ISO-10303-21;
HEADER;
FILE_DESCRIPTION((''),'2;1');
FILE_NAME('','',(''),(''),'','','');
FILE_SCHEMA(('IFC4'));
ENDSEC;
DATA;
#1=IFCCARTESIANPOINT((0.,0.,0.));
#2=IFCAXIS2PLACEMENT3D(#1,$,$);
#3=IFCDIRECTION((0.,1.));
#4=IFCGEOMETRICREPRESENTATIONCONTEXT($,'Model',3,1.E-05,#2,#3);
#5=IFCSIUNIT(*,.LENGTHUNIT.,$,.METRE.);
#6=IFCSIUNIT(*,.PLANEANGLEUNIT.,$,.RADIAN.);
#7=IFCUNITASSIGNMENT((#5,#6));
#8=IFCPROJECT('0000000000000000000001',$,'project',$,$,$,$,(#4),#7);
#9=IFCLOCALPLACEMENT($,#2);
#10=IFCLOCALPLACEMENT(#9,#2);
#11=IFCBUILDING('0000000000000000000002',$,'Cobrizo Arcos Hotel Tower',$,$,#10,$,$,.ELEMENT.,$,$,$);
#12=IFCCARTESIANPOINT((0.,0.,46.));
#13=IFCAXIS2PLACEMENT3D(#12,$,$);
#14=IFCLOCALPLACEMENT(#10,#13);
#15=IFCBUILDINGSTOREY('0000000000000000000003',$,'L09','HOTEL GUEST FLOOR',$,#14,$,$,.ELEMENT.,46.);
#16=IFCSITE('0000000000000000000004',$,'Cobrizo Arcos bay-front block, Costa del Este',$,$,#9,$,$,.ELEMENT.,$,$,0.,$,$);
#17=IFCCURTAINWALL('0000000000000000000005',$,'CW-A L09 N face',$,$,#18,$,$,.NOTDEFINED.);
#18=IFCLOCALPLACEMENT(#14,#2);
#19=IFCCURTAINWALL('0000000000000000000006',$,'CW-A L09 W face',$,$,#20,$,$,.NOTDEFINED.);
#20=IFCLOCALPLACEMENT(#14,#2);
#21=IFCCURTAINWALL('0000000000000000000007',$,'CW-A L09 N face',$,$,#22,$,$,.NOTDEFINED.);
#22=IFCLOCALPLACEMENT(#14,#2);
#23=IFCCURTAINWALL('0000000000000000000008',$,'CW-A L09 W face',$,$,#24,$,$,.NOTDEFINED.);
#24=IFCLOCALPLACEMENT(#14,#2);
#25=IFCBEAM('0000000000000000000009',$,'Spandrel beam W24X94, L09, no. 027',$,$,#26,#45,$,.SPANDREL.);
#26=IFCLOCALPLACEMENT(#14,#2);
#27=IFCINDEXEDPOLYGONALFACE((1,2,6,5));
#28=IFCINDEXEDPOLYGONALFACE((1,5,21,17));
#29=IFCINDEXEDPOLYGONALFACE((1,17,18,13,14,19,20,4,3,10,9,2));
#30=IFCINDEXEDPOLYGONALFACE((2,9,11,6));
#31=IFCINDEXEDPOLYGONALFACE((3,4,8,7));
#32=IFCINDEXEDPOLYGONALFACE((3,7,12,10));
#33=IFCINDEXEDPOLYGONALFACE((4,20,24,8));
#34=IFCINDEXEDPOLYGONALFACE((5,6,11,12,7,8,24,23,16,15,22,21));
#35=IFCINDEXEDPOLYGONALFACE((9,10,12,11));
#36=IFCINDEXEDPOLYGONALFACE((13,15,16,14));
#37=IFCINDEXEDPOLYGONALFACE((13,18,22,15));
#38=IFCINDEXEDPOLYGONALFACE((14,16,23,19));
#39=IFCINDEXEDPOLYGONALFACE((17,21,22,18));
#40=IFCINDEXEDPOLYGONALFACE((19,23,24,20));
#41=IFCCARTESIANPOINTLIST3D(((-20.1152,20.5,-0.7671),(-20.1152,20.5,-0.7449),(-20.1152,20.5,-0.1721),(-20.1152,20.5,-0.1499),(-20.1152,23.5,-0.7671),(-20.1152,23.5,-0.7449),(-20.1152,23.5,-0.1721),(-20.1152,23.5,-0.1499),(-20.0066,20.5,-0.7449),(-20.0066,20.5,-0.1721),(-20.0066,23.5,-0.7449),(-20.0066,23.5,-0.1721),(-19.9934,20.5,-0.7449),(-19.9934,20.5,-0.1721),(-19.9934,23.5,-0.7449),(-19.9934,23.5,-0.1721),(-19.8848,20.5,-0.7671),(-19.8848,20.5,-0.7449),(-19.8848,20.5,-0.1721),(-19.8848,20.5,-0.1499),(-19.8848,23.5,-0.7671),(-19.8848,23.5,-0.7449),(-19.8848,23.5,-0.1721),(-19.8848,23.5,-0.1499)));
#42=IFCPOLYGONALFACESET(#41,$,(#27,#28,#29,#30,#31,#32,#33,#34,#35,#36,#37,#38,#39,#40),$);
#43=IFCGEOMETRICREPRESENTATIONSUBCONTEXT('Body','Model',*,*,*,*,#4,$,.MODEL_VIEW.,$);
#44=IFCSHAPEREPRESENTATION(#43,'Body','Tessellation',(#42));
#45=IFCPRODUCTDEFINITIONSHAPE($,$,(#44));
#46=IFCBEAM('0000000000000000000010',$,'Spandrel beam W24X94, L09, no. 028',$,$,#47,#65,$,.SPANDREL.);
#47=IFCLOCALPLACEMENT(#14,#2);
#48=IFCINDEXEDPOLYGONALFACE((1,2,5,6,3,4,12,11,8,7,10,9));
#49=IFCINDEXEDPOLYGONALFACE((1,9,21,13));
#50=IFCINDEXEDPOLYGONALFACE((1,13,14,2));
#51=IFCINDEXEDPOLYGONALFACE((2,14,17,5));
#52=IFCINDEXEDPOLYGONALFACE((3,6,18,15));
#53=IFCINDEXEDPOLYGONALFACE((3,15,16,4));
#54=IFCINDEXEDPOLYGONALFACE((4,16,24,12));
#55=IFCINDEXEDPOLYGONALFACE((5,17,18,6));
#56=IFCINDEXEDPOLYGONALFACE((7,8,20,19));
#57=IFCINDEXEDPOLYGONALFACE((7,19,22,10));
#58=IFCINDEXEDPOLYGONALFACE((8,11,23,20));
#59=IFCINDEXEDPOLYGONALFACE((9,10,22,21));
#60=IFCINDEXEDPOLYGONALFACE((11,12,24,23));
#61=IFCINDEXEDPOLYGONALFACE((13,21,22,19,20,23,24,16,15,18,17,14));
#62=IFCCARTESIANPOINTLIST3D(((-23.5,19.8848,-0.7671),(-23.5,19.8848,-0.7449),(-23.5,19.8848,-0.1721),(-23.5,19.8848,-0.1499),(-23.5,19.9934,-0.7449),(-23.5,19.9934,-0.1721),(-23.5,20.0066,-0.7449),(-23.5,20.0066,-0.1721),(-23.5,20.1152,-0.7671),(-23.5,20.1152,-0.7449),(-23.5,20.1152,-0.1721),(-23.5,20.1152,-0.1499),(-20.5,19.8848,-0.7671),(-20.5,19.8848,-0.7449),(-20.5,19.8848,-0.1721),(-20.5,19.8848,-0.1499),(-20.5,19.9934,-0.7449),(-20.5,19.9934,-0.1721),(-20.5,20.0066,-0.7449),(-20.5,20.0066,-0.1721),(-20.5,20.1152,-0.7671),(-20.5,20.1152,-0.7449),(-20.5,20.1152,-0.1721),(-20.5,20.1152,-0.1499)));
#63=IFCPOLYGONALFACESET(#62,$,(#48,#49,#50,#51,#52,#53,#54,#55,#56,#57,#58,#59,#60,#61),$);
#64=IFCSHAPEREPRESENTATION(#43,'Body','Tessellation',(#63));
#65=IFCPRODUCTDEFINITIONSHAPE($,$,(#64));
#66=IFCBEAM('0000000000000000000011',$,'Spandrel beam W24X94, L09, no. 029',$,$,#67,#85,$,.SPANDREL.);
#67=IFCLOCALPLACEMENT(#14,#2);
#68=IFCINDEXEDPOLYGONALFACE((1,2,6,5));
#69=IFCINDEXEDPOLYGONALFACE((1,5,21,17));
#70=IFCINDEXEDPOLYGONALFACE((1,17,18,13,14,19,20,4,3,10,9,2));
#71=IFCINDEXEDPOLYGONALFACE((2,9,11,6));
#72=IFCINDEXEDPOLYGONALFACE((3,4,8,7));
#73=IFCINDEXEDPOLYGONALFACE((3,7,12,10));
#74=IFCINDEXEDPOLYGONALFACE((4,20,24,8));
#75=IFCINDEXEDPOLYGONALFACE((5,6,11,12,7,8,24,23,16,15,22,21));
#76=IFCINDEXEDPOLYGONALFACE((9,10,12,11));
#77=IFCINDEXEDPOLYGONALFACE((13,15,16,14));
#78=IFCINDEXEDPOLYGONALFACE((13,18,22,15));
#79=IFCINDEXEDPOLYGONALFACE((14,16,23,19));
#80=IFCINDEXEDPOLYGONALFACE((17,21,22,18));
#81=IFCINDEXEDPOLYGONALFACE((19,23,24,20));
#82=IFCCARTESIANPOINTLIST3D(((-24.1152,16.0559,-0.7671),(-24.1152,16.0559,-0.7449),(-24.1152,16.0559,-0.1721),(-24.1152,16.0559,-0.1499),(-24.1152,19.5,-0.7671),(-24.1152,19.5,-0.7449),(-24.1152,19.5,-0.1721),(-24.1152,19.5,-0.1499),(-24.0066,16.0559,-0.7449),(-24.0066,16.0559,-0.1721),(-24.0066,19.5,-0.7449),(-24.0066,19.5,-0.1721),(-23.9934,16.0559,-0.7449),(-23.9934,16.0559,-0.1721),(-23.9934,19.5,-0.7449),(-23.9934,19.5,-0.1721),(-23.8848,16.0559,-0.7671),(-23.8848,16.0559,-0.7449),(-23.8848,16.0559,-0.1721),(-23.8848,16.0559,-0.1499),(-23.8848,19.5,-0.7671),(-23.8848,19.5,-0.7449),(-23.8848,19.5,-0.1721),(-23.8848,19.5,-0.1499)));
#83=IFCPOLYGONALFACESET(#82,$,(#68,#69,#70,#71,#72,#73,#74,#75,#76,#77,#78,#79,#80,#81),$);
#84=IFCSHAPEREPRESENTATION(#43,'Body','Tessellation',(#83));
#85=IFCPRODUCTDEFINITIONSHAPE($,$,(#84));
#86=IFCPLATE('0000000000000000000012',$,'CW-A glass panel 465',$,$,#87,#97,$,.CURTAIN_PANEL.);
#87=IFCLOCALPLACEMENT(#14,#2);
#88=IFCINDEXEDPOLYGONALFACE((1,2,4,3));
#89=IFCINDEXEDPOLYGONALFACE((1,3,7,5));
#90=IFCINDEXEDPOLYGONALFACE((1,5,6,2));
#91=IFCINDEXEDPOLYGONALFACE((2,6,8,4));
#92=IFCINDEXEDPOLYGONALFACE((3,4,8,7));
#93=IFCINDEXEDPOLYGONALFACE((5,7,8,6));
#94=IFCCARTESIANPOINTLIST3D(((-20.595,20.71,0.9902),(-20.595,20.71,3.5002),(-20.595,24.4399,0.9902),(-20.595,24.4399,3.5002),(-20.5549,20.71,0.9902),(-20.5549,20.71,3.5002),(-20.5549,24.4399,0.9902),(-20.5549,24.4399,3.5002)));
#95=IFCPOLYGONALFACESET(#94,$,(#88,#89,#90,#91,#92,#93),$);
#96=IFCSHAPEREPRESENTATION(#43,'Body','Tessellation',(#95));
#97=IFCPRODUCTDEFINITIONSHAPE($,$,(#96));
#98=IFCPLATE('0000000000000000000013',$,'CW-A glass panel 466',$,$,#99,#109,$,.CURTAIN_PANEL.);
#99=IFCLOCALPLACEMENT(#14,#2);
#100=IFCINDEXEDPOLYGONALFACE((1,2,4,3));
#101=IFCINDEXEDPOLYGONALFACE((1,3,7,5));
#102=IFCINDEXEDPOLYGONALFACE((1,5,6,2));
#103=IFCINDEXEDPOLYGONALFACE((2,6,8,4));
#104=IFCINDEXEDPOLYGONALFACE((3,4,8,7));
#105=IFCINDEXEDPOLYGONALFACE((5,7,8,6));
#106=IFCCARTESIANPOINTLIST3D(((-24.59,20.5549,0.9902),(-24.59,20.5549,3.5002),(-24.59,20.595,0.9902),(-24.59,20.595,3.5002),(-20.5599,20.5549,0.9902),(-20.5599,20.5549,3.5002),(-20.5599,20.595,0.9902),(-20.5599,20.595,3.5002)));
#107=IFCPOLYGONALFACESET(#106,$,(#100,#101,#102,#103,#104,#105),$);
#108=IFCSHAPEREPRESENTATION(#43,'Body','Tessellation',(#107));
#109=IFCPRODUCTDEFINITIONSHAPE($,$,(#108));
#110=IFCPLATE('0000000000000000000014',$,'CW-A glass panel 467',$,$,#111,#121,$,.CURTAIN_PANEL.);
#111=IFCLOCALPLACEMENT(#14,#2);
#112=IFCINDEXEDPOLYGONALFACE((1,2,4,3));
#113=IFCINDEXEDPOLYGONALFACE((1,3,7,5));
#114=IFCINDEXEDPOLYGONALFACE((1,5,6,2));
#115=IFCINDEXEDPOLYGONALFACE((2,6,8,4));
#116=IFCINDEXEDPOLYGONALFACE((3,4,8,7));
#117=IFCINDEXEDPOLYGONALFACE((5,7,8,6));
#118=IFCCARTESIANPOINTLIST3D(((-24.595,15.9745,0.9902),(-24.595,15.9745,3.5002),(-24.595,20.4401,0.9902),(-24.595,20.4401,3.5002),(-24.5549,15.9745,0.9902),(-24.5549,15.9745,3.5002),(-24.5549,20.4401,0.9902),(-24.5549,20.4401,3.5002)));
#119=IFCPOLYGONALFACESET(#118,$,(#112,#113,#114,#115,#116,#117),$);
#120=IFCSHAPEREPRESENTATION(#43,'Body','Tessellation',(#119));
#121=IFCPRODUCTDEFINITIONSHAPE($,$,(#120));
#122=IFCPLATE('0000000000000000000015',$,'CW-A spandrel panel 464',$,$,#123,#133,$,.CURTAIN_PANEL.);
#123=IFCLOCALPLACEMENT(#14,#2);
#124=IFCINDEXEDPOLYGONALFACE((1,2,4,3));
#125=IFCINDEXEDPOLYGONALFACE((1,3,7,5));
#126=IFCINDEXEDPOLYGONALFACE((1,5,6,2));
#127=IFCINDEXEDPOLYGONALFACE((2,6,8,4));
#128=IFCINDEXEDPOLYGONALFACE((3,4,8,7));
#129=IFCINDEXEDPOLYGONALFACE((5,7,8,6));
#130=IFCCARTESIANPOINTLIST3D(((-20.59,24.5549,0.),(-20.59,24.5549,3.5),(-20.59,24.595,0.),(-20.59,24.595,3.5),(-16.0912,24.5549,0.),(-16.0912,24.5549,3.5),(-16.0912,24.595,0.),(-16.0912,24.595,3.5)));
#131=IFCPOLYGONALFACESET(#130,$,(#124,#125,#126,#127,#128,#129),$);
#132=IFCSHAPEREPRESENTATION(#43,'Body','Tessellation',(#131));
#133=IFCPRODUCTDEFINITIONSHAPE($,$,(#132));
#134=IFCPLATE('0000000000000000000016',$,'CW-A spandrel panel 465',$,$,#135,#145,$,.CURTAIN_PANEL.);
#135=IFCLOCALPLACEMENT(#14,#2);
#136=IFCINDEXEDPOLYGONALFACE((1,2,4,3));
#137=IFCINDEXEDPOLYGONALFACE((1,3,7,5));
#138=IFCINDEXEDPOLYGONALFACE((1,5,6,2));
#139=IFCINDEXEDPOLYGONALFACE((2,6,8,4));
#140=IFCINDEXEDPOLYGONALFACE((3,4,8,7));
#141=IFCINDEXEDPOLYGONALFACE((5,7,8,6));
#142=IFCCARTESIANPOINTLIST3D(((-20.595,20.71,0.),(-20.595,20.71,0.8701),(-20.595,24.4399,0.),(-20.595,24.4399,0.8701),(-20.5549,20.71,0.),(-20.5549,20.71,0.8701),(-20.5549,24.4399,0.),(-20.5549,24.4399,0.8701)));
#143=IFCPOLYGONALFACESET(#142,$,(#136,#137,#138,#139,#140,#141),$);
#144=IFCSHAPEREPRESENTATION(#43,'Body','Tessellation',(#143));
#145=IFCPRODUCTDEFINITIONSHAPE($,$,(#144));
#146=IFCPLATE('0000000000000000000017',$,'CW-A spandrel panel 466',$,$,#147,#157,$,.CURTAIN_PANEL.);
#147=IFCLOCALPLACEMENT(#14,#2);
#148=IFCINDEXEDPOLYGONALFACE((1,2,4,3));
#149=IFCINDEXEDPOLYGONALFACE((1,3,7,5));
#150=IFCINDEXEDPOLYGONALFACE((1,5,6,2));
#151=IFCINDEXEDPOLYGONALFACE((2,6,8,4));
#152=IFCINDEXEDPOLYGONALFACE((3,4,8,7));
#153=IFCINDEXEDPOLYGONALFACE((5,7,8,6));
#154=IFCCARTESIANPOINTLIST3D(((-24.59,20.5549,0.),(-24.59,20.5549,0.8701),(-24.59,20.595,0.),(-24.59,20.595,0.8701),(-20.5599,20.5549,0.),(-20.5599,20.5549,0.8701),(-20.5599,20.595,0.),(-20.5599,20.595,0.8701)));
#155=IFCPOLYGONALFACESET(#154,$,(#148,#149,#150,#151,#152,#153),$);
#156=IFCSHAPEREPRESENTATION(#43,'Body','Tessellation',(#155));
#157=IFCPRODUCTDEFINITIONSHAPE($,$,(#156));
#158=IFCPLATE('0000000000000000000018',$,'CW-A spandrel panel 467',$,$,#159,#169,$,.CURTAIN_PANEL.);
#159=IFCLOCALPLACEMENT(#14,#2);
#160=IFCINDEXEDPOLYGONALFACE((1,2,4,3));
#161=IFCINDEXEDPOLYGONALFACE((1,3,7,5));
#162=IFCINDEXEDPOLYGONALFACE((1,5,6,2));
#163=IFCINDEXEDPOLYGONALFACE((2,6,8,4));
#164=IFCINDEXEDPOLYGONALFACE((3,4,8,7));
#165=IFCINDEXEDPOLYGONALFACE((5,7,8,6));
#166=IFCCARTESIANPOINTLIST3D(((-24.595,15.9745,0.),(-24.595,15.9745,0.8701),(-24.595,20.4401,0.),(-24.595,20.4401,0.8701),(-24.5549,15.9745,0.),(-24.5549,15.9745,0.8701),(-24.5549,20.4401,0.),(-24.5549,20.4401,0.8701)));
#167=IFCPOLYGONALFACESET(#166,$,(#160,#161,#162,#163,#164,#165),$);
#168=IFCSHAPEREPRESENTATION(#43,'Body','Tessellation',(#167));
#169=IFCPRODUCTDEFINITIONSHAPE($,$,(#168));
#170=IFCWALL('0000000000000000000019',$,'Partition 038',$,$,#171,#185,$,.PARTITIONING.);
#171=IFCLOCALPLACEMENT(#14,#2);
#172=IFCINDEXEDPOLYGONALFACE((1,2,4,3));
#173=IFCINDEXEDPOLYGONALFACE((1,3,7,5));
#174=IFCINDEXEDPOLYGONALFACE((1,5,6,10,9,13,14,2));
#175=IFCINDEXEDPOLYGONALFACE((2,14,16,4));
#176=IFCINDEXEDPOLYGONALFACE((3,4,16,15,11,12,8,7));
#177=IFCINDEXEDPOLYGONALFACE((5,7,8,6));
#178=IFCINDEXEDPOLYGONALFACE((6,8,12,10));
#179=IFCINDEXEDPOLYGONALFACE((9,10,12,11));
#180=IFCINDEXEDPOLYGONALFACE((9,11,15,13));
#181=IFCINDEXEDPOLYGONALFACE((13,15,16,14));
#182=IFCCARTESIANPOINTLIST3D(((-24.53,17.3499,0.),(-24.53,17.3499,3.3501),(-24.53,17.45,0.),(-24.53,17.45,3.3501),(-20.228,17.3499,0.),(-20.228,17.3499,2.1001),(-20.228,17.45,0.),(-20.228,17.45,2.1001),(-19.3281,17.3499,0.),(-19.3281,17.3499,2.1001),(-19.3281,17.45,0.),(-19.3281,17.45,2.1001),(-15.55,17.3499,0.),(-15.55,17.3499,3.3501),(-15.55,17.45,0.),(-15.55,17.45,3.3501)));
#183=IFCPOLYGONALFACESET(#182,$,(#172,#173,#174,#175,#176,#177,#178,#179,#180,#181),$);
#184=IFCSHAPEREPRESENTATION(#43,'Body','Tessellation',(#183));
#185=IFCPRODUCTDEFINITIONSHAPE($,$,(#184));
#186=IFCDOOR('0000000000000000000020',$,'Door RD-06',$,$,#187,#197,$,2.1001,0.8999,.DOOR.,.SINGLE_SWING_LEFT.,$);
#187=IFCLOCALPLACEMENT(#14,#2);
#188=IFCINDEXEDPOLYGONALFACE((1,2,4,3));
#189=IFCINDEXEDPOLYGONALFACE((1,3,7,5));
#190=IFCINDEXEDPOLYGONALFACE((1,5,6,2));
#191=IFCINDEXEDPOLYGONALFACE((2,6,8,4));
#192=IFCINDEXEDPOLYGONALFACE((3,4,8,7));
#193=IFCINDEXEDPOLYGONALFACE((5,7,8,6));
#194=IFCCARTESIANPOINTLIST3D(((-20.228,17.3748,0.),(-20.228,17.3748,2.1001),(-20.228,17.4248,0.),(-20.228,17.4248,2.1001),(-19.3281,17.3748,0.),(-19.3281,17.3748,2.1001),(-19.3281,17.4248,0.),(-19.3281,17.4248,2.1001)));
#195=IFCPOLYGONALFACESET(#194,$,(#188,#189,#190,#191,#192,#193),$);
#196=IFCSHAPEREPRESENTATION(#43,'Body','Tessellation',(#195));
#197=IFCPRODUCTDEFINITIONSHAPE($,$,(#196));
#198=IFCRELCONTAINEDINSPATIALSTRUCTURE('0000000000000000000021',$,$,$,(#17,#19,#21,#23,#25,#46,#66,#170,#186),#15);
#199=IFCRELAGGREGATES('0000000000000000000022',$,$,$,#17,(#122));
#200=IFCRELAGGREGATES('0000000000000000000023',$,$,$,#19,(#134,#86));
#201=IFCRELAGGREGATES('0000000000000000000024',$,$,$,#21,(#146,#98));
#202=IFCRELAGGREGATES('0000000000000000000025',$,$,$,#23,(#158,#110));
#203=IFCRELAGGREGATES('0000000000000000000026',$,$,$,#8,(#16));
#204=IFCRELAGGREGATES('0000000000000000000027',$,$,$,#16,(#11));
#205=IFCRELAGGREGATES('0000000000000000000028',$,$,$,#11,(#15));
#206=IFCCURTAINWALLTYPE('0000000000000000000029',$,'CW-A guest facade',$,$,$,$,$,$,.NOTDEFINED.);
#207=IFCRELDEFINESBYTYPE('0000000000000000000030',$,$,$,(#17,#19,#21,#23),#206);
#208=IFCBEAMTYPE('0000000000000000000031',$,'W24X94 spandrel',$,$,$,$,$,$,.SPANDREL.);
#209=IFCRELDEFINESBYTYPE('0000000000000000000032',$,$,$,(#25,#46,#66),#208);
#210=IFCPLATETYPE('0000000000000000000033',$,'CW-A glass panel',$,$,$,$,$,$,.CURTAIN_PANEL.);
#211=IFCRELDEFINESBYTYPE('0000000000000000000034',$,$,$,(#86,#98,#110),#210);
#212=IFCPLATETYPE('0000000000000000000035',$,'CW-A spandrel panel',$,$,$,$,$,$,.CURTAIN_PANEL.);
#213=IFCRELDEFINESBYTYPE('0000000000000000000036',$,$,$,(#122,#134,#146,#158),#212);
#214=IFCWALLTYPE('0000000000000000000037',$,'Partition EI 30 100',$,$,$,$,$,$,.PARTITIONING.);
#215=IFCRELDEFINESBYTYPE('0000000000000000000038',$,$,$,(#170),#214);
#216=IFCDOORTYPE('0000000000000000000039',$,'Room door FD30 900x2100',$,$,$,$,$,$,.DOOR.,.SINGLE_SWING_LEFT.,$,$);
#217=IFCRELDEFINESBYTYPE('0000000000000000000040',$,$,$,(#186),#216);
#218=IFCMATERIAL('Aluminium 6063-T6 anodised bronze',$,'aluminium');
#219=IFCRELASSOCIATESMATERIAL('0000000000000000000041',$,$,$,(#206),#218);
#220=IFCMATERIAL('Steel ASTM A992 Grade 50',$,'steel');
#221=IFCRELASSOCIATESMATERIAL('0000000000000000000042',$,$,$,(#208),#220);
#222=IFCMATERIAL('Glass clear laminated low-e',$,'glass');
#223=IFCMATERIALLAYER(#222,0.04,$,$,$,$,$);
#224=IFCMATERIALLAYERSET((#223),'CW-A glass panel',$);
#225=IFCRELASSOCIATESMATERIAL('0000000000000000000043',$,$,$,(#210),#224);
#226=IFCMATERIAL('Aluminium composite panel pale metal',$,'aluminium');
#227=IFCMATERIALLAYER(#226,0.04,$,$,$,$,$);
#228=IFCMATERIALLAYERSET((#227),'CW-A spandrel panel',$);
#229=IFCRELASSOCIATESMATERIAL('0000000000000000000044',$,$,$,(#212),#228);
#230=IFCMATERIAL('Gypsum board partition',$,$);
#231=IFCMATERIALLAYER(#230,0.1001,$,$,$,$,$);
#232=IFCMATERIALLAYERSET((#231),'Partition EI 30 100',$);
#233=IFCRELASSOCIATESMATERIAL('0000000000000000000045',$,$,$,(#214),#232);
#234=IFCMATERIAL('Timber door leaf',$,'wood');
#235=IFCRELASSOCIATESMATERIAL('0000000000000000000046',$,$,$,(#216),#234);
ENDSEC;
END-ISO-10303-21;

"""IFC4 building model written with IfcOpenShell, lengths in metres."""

from ifc_helpers import new_model, si_unit, direction, frame, frame_2d, origin, origin_2d, place, context, subcontext, project, spatial, rectangle, i_section, extrude, material, layer, layer_set, material_profile, profile_set, type_object, element, fill, aggregate, save


model = new_model("IFC4")

# Units and contexts
model_context = context("Model", 3, precision=1e-05, world=origin(), true_north=direction((0.0, 1.0)))
body_context = subcontext(model_context, "Body", "Model", "MODEL_VIEW")
ifc_project = project(units=[si_unit("LENGTHUNIT", "METRE"), si_unit("PLANEANGLEUNIT", "RADIAN")], contexts=[model_context])

# Site, building, storey
site_placement = place(None, origin())
site = spatial("IfcSite", under=ifc_project, at=site_placement, Name="Cobrizo Arcos bay-front block, Costa del Este", CompositionType="ELEMENT", RefElevation=0.0)
building_placement = place(site_placement, origin())
building = spatial("IfcBuilding", under=site, at=building_placement, Name="Cobrizo Arcos Hotel Tower", CompositionType="ELEMENT")
storey_placement = place(building_placement, frame((0.0, 0.0, 46.0)))
storey = spatial("IfcBuildingStorey", under=building, at=storey_placement, Name="L09", Description="HOTEL GUEST FLOOR", CompositionType="ELEMENT", Elevation=46.0)

# Curtain walls
ifc_material_1 = material(Name="Aluminium 6063-T6 anodised bronze", Category="aluminium")
curtain_wall_type = type_object("IfcCurtainWallType", Name="CW-A guest facade", PredefinedType="NOTDEFINED", material=ifc_material_1)
curtain_wall_1_placement = place(storey_placement, origin())
curtain_wall_1 = element("IfcCurtainWall", 1, at=curtain_wall_1_placement, inside=storey, type_object=curtain_wall_type, Name="CW-A L09 N face", PredefinedType="NOTDEFINED")
curtain_wall_2_placement = place(storey_placement, origin())
curtain_wall_2 = element("IfcCurtainWall", 2, at=curtain_wall_2_placement, inside=storey, type_object=curtain_wall_type, Name="CW-A L09 W face", PredefinedType="NOTDEFINED")
curtain_wall_3_placement = place(storey_placement, origin())
curtain_wall_3 = element("IfcCurtainWall", 3, at=curtain_wall_3_placement, inside=storey, type_object=curtain_wall_type, Name="CW-A L09 N face", PredefinedType="NOTDEFINED")

# Curtain wall
curtain_wall_4_placement = place(storey_placement, origin())
curtain_wall_4 = element("IfcCurtainWall", 4, at=curtain_wall_4_placement, inside=storey, type_object=curtain_wall_type, Name="CW-A L09 W face", PredefinedType="NOTDEFINED")

# Beams
ifc_material_2 = material(Name="Steel ASTM A992 Grade 50", Category="steel")
ifc_material_profile_1 = material_profile(ifc_material_2, i_section(OverallWidth=0.2305, OverallDepth=0.6172, WebThickness=0.0132, FlangeThickness=0.0222, at=origin_2d()), Name="W24X94")
ifc_profile_set_1 = profile_set([ifc_material_profile_1], Name="Steel ASTM A992 Grade 50")
beam_type = type_object("IfcBeamType", Name="W24X94 spandrel", PredefinedType="SPANDREL", material=ifc_profile_set_1)
for number, where, z_axis, x_axis, name in (
    (5, (-20.0, 23.5, -0.4585), (0.0, -1.0, 0.0), (1.0, 0.0, 0.0), "Spandrel beam W24X94, L09, no. 027"),
    (6, (-20.5, 20.0, -0.4585), (-1.0, 0.0, 0.0), (0.0, -1.0, 0.0), "Spandrel beam W24X94, L09, no. 028"),
):
    element("IfcBeam", number, at=place(storey_placement, frame(where, z_axis=z_axis, x_axis=x_axis)), inside=storey, type_object=beam_type, Name=name, PredefinedType="SPANDREL", context=body_context, shape_type="SweptSolid", body=[
        extrude(i_section(OverallWidth=0.2305, OverallDepth=0.6172, WebThickness=0.0132, FlangeThickness=0.0222, at=origin_2d()), origin(), (0.0, 0.0, 1.0), 3.0),
    ])
beam_placement = place(storey_placement, frame((-24.0, 19.5, -0.4585), z_axis=(0.0, -1.0, 0.0), x_axis=(1.0, 0.0, 0.0)))
element("IfcBeam", 7, at=beam_placement, inside=storey, type_object=beam_type, Name="Spandrel beam W24X94, L09, no. 029", PredefinedType="SPANDREL", context=body_context, shape_type="SweptSolid", body=[
    extrude(i_section(OverallWidth=0.2305, OverallDepth=0.6172, WebThickness=0.0132, FlangeThickness=0.0222, at=origin_2d()), origin(), (0.0, 0.0, 1.0), 3.4441),
])

# Plates
ifc_material_3 = material(Name="Glass clear laminated low-e", Category="glass")
ifc_layer_1 = layer(ifc_material_3, 0.04)
ifc_layer_set_1 = layer_set([ifc_layer_1], Name="CW-A glass panel")
plate_type_1 = type_object("IfcPlateType", Name="CW-A glass panel", PredefinedType="CURTAIN_PANEL", material=ifc_layer_set_1)
plate_1_placement = place(storey_placement, frame((-20.575, 22.575, 0.9902), z_axis=(0.0, 0.0, 1.0), x_axis=(0.0, -1.0, 0.0)))
plate_1 = element("IfcPlate", 8, at=plate_1_placement, type_object=plate_type_1, Name="CW-A glass panel 465", PredefinedType="CURTAIN_PANEL", context=body_context, shape_type="SweptSolid", body=[
    extrude(rectangle(XDim=3.73, YDim=0.04, at=origin_2d()), origin(), (0.0, 0.0, 1.0), 2.51),
])
plate_2_placement = place(storey_placement, frame((-22.575, 20.575, 0.9902), z_axis=(0.0, 0.0, 1.0), x_axis=(-1.0, 0.0, 0.0)))
plate_2 = element("IfcPlate", 9, at=plate_2_placement, type_object=plate_type_1, Name="CW-A glass panel 466", PredefinedType="CURTAIN_PANEL", context=body_context, shape_type="SweptSolid", body=[
    extrude(rectangle(XDim=4.03, YDim=0.04, at=origin_2d()), origin(), (0.0, 0.0, 1.0), 2.51),
])
plate_3_placement = place(storey_placement, frame((-24.575, 18.2073, 0.9902), z_axis=(0.0, 0.0, 1.0), x_axis=(0.0, -1.0, 0.0)))
plate_3 = element("IfcPlate", 10, at=plate_3_placement, type_object=plate_type_1, Name="CW-A glass panel 467", PredefinedType="CURTAIN_PANEL", context=body_context, shape_type="SweptSolid", body=[
    extrude(rectangle(XDim=4.4656, YDim=0.04, at=origin_2d()), origin(), (0.0, 0.0, 1.0), 2.51),
])
ifc_material_4 = material(Name="Aluminium composite panel pale metal", Category="aluminium")
ifc_layer_2 = layer(ifc_material_4, 0.04)
ifc_layer_set_2 = layer_set([ifc_layer_2], Name="CW-A spandrel panel")
plate_type_2 = type_object("IfcPlateType", Name="CW-A spandrel panel", PredefinedType="CURTAIN_PANEL", material=ifc_layer_set_2)
plate_4_placement = place(storey_placement, frame((-18.3406, 24.575, 0.0), z_axis=(0.0, 0.0, 1.0), x_axis=(-1.0, 0.0, 0.0)))
plate_4 = element("IfcPlate", 11, at=plate_4_placement, type_object=plate_type_2, Name="CW-A spandrel panel 464", PredefinedType="CURTAIN_PANEL", context=body_context, shape_type="SweptSolid", body=[
    extrude(rectangle(XDim=4.4988, YDim=0.04, at=origin_2d()), origin(), (0.0, 0.0, 1.0), 3.5),
])
aggregate(curtain_wall_1, [plate_4])
plate_5_placement = place(storey_placement, frame((-20.575, 22.575, 0.0), z_axis=(0.0, 0.0, 1.0), x_axis=(0.0, -1.0, 0.0)))
plate_5 = element("IfcPlate", 12, at=plate_5_placement, type_object=plate_type_2, Name="CW-A spandrel panel 465", PredefinedType="CURTAIN_PANEL", context=body_context, shape_type="SweptSolid", body=[
    extrude(rectangle(XDim=3.73, YDim=0.04, at=origin_2d()), origin(), (0.0, 0.0, 1.0), 0.8701),
])
aggregate(curtain_wall_2, [plate_5, plate_1])
plate_6_placement = place(storey_placement, frame((-22.575, 20.575, 0.0), z_axis=(0.0, 0.0, 1.0), x_axis=(-1.0, 0.0, 0.0)))
plate_6 = element("IfcPlate", 13, at=plate_6_placement, type_object=plate_type_2, Name="CW-A spandrel panel 466", PredefinedType="CURTAIN_PANEL", context=body_context, shape_type="SweptSolid", body=[
    extrude(rectangle(XDim=4.03, YDim=0.04, at=origin_2d()), origin(), (0.0, 0.0, 1.0), 0.8701),
])
aggregate(curtain_wall_3, [plate_6, plate_2])
plate_7_placement = place(storey_placement, frame((-24.575, 18.2073, 0.0), z_axis=(0.0, 0.0, 1.0), x_axis=(0.0, -1.0, 0.0)))
plate_7 = element("IfcPlate", 14, at=plate_7_placement, type_object=plate_type_2, Name="CW-A spandrel panel 467", PredefinedType="CURTAIN_PANEL", context=body_context, shape_type="SweptSolid", body=[
    extrude(rectangle(XDim=4.4656, YDim=0.04, at=origin_2d()), origin(), (0.0, 0.0, 1.0), 0.8701),
])
aggregate(curtain_wall_4, [plate_7, plate_3])

# Wall, opening, door
ifc_material_5 = material(Name="Gypsum board partition")
ifc_layer_3 = layer(ifc_material_5, 0.1001)
ifc_layer_set_3 = layer_set([ifc_layer_3], Name="Partition EI 30 100")
wall_type = type_object("IfcWallType", Name="Partition EI 30 100", PredefinedType="PARTITIONING", material=ifc_layer_set_3)
wall_1_placement = place(storey_placement, frame((-24.53, 17.3999, 0.0), z_axis=(0.0, 0.0, 1.0), x_axis=(1.0, 0.0, 0.0)))
wall_1 = element("IfcWall", 15, at=wall_1_placement, inside=storey, type_object=wall_type, Name="Partition 038", PredefinedType="PARTITIONING", context=body_context, shape_type="SweptSolid", body=[
    extrude(rectangle(XDim=8.98, YDim=0.1001, at=frame_2d((4.49, 0.0))), origin(), (0.0, 0.0, 1.0), 3.3501),
])
opening_1_placement = place(wall_1_placement, frame((4.302, 0.0, 0.0)))
opening_1 = element("IfcOpeningElement", 16, at=opening_1_placement, cuts=wall_1, PredefinedType="OPENING", context=body_context, shape_type="SweptSolid", body=[
    extrude(rectangle(XDim=0.8999, YDim=2.1001, at=frame_2d((0.45, 1.05))), frame((0.0, 0.062, 0.0), z_axis=(0.0, -1.0, 0.0), x_axis=(1.0, 0.0, 0.0)), (0.0, 0.0, 1.0), 0.124),
])
ifc_material_6 = material(Name="Timber door leaf", Category="wood")
door_type_1 = type_object("IfcDoorType", Name="Room door FD30 900x2100", OperationType="SINGLE_SWING_LEFT", PredefinedType="DOOR", material=ifc_material_6)
door_1_placement = place(opening_1_placement, origin())
door_1 = element("IfcDoor", 17, at=door_1_placement, inside=storey, type_object=door_type_1, Name="Door RD-06", OperationType="SINGLE_SWING_LEFT", OverallHeight=2.1001, OverallWidth=0.8999, PredefinedType="DOOR", context=body_context, shape_type="SweptSolid", body=[
    extrude(rectangle(XDim=0.8999, YDim=2.1001, at=frame_2d((0.45, 1.05))), frame((0.0, 0.0249, 0.0), z_axis=(0.0, -1.0, 0.0), x_axis=(1.0, 0.0, 0.0)), (0.0, 0.0, 1.0), 0.05),
])
fill(opening_1, door_1)

save(model, "model.ifc")
